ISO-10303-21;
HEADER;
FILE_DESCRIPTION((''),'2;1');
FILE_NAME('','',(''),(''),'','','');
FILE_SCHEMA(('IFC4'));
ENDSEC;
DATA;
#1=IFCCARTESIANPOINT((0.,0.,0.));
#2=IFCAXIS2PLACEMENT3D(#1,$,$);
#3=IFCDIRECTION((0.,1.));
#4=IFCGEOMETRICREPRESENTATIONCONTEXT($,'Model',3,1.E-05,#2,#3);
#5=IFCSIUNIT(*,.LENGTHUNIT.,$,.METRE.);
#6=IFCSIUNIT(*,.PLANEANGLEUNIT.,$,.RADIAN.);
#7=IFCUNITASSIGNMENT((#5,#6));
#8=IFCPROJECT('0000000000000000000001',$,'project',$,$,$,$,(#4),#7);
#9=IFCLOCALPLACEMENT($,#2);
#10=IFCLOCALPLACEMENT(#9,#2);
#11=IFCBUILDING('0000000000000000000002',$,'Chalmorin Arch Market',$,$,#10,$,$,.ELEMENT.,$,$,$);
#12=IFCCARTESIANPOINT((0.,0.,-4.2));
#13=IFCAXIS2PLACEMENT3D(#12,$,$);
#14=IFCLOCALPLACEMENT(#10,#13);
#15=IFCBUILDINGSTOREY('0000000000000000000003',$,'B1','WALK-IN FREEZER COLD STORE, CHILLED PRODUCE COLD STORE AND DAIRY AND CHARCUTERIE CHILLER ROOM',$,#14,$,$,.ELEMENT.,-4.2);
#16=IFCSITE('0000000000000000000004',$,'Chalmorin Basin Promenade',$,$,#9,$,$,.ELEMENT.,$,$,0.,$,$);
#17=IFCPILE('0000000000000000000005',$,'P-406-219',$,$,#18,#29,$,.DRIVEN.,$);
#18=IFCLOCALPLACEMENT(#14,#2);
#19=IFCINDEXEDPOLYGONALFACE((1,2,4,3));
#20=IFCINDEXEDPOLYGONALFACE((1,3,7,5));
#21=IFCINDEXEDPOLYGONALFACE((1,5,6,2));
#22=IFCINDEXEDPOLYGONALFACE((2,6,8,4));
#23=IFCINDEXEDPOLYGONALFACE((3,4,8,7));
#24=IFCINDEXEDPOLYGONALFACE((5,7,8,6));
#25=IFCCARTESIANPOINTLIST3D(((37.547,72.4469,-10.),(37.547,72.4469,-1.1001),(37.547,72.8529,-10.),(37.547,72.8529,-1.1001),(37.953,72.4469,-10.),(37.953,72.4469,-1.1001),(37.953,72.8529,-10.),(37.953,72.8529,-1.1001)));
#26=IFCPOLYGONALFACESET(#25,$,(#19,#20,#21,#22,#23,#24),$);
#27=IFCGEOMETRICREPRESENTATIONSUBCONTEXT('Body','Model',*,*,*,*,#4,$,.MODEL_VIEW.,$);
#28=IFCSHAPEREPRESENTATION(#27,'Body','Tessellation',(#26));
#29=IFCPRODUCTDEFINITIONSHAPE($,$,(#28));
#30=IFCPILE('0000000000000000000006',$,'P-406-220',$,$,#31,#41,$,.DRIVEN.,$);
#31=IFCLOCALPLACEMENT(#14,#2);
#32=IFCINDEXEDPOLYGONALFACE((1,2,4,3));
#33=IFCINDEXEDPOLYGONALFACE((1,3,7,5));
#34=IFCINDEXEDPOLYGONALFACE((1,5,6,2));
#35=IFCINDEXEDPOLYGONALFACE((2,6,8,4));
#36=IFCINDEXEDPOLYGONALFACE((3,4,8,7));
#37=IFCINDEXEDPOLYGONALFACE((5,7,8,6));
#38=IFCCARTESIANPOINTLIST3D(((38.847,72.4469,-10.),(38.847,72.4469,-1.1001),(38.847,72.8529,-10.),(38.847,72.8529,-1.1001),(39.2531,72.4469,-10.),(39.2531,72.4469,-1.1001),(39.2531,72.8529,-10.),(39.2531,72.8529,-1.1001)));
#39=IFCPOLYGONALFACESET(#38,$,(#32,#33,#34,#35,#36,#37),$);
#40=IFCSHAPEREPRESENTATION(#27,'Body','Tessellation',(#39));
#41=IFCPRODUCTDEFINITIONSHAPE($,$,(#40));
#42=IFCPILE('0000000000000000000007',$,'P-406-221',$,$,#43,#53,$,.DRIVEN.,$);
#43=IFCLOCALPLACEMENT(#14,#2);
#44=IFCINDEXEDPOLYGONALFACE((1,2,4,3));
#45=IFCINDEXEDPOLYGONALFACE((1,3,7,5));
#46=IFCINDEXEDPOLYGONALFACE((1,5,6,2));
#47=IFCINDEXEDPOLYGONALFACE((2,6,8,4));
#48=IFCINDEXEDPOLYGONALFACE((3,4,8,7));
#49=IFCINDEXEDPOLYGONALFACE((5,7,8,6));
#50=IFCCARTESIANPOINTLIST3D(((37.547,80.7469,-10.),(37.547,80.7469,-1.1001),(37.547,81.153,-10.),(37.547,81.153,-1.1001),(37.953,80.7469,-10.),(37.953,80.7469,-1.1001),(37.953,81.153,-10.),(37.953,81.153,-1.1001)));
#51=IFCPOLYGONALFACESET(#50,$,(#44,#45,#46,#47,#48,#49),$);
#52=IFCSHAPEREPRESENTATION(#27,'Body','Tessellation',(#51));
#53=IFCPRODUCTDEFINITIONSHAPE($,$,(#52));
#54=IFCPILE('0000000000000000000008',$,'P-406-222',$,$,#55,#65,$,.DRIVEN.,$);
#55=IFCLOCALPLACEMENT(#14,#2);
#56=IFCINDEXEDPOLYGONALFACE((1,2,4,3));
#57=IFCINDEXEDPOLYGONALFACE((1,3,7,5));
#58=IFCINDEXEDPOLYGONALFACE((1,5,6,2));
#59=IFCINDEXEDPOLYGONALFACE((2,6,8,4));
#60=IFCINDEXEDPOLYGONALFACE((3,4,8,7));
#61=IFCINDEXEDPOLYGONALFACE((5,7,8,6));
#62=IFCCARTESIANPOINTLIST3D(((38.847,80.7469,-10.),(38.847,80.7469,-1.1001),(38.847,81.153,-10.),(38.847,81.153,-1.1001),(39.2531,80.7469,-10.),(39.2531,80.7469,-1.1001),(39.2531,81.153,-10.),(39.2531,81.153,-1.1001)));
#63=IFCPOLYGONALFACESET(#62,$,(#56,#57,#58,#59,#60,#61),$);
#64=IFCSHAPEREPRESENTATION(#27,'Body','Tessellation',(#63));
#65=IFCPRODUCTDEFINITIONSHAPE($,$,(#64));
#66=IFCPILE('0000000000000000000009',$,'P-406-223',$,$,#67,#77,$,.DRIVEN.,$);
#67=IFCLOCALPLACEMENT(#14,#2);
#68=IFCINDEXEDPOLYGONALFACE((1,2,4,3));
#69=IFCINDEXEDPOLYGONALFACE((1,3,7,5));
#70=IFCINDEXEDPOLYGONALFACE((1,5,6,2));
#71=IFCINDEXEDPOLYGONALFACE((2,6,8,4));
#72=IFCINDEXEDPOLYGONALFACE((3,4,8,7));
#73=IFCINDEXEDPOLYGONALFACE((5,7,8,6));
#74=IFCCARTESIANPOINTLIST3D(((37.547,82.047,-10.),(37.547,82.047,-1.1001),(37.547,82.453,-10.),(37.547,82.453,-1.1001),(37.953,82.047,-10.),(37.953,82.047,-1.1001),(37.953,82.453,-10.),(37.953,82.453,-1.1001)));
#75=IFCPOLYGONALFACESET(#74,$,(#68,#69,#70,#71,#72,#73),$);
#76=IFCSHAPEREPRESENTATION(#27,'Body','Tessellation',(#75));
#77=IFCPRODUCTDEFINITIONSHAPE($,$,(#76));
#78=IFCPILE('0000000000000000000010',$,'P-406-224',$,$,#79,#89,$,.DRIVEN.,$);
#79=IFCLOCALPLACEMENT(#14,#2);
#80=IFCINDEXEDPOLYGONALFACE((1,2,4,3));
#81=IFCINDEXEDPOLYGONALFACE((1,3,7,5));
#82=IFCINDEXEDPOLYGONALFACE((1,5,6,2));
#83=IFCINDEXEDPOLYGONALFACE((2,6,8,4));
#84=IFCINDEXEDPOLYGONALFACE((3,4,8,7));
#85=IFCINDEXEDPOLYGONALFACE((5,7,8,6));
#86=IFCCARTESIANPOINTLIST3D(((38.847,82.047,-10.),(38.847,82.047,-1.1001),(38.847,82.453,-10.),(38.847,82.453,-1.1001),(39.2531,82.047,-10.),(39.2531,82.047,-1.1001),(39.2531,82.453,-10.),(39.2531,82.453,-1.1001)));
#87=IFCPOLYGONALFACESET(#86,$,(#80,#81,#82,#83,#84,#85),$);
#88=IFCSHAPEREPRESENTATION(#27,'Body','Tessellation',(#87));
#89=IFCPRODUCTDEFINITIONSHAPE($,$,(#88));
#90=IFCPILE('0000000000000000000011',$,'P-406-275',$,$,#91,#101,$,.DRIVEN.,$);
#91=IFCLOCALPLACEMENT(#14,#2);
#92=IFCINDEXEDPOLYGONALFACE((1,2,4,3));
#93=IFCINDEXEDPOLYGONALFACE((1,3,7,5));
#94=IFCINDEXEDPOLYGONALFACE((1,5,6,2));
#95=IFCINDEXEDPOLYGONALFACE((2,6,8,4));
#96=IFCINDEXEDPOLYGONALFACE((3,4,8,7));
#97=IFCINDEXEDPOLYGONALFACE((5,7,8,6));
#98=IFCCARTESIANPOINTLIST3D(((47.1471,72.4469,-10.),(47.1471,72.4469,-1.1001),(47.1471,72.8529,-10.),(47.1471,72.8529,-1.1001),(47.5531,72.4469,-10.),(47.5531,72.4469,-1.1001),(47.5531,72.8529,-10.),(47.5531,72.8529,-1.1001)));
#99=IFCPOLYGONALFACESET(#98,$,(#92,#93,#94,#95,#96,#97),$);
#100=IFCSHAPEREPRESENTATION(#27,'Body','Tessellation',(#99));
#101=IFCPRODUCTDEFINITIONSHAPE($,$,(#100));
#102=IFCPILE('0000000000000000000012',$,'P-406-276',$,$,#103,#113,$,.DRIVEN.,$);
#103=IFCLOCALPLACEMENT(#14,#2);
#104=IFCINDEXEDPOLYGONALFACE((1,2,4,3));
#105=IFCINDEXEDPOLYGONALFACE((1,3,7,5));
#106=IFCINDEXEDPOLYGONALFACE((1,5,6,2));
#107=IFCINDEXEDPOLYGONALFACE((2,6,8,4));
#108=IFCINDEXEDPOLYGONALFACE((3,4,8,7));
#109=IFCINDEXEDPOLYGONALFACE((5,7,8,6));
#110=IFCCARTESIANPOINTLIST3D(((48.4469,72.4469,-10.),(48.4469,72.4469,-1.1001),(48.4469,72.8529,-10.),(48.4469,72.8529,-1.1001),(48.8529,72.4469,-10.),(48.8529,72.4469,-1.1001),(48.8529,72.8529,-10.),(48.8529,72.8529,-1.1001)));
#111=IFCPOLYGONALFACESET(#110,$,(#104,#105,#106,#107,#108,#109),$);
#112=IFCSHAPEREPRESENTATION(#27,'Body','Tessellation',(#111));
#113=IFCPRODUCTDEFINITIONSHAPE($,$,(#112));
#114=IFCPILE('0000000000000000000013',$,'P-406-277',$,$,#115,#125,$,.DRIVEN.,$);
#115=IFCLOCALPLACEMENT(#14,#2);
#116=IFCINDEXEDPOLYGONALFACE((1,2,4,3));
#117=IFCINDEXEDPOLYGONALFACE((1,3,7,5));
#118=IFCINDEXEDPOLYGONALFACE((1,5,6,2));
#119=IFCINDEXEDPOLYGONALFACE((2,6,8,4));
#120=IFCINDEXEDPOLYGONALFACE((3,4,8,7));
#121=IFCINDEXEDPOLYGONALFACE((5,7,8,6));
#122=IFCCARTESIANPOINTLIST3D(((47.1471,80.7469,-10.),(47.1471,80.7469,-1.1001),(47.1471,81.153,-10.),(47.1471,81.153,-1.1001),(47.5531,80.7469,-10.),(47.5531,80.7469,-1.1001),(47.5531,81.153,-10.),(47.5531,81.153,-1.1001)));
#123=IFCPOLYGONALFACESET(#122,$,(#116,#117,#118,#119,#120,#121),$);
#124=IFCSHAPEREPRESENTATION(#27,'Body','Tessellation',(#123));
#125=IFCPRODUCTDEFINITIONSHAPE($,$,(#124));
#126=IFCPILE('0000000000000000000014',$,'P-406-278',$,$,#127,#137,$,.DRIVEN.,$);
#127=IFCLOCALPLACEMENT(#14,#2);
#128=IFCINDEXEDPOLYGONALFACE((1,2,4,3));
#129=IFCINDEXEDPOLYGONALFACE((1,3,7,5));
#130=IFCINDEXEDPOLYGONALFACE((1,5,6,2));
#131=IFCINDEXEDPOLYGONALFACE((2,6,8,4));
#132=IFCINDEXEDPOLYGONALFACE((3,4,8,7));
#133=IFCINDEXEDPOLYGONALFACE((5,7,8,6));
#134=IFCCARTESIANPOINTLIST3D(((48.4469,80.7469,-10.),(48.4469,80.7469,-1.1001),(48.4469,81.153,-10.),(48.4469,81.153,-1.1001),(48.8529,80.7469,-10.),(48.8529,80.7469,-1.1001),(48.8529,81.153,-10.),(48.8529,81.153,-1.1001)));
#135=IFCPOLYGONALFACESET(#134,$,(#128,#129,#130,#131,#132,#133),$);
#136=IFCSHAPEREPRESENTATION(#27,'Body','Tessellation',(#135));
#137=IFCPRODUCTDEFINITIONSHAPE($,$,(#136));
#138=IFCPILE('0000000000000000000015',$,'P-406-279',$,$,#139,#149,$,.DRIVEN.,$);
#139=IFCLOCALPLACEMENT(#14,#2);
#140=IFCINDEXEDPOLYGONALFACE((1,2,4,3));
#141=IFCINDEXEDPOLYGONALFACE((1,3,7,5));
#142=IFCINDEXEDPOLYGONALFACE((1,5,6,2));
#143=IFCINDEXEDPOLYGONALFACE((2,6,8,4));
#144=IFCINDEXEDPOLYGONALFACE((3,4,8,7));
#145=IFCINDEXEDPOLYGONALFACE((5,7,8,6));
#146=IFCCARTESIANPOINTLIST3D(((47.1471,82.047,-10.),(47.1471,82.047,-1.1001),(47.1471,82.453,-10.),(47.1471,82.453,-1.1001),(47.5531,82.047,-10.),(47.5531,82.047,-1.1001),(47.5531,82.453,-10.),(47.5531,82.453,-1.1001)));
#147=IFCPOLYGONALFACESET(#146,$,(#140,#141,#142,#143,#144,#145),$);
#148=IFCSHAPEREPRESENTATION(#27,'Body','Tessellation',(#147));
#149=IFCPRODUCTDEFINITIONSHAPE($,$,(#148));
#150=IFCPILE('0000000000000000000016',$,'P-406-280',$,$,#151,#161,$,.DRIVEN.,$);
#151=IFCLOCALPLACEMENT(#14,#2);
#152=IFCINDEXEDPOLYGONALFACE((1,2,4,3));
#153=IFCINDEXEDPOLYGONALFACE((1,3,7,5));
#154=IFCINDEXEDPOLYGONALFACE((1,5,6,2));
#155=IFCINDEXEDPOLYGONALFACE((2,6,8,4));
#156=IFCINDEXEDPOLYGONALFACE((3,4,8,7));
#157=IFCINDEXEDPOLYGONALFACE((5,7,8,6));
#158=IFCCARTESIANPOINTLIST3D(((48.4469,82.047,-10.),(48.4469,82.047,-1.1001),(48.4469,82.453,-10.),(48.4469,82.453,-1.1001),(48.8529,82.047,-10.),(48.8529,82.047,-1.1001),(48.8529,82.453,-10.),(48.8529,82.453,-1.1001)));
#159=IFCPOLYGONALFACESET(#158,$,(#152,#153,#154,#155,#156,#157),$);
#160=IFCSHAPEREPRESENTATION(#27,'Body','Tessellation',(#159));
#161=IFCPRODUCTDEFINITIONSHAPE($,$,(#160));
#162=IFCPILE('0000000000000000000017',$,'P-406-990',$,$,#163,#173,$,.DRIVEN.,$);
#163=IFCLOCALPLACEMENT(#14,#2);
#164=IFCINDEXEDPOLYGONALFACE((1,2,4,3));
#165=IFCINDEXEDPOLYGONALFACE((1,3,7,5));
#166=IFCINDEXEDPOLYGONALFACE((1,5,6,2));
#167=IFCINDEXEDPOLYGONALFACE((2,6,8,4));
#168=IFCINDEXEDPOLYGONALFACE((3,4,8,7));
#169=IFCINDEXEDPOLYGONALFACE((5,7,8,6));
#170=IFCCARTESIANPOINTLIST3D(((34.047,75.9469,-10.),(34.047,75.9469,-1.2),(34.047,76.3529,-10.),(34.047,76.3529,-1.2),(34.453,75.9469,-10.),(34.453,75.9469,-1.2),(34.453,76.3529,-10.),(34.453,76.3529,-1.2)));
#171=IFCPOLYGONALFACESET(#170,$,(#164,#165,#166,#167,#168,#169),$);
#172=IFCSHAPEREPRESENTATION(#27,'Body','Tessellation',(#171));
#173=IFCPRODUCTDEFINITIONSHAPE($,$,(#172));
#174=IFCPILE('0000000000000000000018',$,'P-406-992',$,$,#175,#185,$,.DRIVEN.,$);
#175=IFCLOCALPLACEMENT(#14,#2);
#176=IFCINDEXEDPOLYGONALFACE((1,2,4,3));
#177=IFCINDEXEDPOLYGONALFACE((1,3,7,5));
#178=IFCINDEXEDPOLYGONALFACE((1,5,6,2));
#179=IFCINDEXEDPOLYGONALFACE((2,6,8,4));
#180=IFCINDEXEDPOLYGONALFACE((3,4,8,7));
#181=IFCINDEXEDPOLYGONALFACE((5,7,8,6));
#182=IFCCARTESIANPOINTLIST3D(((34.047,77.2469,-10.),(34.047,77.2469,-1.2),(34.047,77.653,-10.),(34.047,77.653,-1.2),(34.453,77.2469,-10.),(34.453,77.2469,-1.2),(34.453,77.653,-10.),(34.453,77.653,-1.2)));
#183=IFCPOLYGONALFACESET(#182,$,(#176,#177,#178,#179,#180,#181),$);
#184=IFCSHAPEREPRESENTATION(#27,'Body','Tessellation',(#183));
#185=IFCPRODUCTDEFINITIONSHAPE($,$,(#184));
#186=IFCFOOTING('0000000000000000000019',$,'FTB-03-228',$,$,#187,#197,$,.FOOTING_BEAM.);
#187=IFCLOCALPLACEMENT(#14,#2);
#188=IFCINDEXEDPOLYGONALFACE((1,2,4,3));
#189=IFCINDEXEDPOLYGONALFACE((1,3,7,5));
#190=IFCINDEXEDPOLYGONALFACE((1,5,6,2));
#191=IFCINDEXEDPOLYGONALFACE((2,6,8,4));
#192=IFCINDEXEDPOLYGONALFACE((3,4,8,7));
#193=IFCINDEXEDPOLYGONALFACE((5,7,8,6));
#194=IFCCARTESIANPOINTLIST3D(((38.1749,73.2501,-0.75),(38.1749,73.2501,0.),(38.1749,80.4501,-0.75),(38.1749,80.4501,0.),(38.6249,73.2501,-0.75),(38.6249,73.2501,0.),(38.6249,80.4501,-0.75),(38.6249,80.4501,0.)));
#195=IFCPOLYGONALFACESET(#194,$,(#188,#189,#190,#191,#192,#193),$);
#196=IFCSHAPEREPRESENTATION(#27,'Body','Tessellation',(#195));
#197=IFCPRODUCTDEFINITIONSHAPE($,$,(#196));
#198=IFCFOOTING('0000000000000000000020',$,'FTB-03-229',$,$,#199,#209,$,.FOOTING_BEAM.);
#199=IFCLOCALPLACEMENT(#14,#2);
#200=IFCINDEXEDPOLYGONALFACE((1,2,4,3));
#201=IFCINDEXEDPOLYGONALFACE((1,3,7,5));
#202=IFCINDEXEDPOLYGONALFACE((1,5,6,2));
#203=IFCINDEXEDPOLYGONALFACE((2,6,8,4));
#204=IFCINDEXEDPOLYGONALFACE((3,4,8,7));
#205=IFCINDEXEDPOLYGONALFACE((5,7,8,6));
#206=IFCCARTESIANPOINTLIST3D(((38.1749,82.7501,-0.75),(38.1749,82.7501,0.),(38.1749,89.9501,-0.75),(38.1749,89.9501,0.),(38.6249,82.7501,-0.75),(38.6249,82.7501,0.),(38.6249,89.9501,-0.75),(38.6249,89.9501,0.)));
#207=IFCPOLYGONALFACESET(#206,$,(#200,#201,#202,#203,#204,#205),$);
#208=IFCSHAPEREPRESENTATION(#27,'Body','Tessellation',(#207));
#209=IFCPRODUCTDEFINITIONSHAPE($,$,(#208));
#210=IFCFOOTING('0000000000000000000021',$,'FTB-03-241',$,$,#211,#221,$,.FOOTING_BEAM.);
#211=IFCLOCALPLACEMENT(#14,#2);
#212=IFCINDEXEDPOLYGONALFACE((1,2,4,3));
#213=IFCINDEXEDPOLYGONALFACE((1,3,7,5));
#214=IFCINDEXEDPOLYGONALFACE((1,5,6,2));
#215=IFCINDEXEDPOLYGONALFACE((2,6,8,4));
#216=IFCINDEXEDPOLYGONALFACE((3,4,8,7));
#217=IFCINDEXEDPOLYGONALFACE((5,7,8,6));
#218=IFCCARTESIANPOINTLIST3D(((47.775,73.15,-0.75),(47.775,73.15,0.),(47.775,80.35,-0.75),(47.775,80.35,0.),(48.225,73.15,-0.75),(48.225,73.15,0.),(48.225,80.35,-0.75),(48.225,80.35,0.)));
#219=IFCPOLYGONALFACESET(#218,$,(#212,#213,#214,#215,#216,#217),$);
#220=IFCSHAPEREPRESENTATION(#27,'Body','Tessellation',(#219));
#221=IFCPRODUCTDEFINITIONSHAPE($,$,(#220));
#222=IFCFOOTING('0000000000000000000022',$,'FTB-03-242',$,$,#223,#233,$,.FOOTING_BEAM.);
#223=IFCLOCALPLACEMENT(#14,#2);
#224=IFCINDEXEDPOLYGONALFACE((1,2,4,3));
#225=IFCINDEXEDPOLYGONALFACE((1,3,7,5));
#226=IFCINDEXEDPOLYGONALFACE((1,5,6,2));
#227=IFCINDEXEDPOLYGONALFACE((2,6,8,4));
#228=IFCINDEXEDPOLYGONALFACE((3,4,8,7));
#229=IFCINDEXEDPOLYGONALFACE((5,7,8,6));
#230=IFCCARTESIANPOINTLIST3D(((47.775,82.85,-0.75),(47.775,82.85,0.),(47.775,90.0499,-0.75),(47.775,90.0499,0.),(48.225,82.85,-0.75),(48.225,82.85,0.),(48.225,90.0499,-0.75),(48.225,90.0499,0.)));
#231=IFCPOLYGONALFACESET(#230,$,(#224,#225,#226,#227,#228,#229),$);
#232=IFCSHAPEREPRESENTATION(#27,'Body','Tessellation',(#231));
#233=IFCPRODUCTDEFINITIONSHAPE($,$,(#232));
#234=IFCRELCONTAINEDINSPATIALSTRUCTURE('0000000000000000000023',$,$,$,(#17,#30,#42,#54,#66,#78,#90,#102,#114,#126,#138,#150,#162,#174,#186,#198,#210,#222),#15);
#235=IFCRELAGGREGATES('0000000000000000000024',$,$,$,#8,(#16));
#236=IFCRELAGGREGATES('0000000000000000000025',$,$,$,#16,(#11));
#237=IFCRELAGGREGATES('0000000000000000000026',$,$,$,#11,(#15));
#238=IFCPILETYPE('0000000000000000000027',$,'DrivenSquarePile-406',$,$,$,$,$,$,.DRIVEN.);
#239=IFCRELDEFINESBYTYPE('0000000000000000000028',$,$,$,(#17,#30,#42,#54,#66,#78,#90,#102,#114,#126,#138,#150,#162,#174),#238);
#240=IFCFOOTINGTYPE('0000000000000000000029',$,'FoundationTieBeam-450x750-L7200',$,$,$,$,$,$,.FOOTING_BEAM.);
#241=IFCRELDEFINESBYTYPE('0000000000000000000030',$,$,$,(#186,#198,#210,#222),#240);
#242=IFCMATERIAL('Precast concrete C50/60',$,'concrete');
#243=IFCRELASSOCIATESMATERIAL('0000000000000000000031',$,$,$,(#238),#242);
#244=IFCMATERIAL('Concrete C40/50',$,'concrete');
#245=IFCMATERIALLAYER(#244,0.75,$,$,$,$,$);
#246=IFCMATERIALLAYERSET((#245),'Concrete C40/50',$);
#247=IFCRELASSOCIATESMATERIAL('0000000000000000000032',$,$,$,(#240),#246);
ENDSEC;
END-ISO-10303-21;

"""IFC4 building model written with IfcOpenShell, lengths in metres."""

from ifc_helpers import new_model, si_unit, direction, frame, origin, origin_2d, place, context, subcontext, project, spatial, rectangle, extrude, material, layer, layer_set, material_profile, profile_set, type_object, element, save


model = new_model("IFC4")

# Units and contexts
model_context = context("Model", 3, precision=1e-05, world=origin(), true_north=direction((0.0, 1.0)))
body_context = subcontext(model_context, "Body", "Model", "MODEL_VIEW")
ifc_project = project(units=[si_unit("LENGTHUNIT", "METRE"), si_unit("PLANEANGLEUNIT", "RADIAN")], contexts=[model_context])

# Site, building, storey
site_placement = place(None, origin())
site = spatial("IfcSite", under=ifc_project, at=site_placement, Name="Chalmorin Basin Promenade", CompositionType="ELEMENT", RefElevation=0.0)
building_placement = place(site_placement, origin())
building = spatial("IfcBuilding", under=site, at=building_placement, Name="Chalmorin Arch Market", CompositionType="ELEMENT")
storey_placement = place(building_placement, frame((0.0, 0.0, -4.2)))
storey = spatial("IfcBuildingStorey", under=building, at=storey_placement, Name="B1", Description="WALK-IN FREEZER COLD STORE, CHILLED PRODUCE COLD STORE AND DAIRY AND CHARCUTERIE CHILLER ROOM", CompositionType="ELEMENT", Elevation=-4.2)

# Piles
ifc_material_1 = material(Name="Precast concrete C50/60", Category="concrete")
ifc_material_profile_1 = material_profile(ifc_material_1, rectangle(XDim=0.406, YDim=0.406, at=origin_2d()), Name="PPC406")
ifc_profile_set_1 = profile_set([ifc_material_profile_1], Name="Precast concrete C50/60")
pile_type = type_object("IfcPileType", Name="DrivenSquarePile-406", PredefinedType="DRIVEN", material=ifc_profile_set_1)
for number, where, z_axis, x_axis, name in (
    (1, (37.75, 72.6499, -1.1001), (0.0, 0.0, -1.0), (1.0, 0.0, 0.0), "P-406-219"),
    (2, (39.05, 72.6499, -1.1001), (0.0, 0.0, -1.0), (1.0, 0.0, 0.0), "P-406-220"),
    (3, (37.75, 80.95, -1.1001), (0.0, 0.0, -1.0), (1.0, 0.0, 0.0), "P-406-221"),
    (4, (39.05, 80.95, -1.1001), (0.0, 0.0, -1.0), (1.0, 0.0, 0.0), "P-406-222"),
    (5, (37.75, 82.25, -1.1001), (0.0, 0.0, -1.0), (1.0, 0.0, 0.0), "P-406-223"),
    (6, (39.05, 82.25, -1.1001), (0.0, 0.0, -1.0), (1.0, 0.0, 0.0), "P-406-224"),
    (7, (47.3501, 72.6499, -1.1001), (0.0, 0.0, -1.0), (1.0, 0.0, 0.0), "P-406-275"),
    (8, (48.6499, 72.6499, -1.1001), (0.0, 0.0, -1.0), (1.0, 0.0, 0.0), "P-406-276"),
    (9, (47.3501, 80.95, -1.1001), (0.0, 0.0, -1.0), (1.0, 0.0, 0.0), "P-406-277"),
    (10, (48.6499, 80.95, -1.1001), (0.0, 0.0, -1.0), (1.0, 0.0, 0.0), "P-406-278"),
    (11, (47.3501, 82.25, -1.1001), (0.0, 0.0, -1.0), (1.0, 0.0, 0.0), "P-406-279"),
    (12, (48.6499, 82.25, -1.1001), (0.0, 0.0, -1.0), (1.0, 0.0, 0.0), "P-406-280"),
):
    element("IfcPile", number, at=place(storey_placement, frame(where, z_axis=z_axis, x_axis=x_axis)), inside=storey, type_object=pile_type, Name=name, PredefinedType="DRIVEN", context=body_context, shape_type="SweptSolid", body=[
        extrude(rectangle(XDim=0.406, YDim=0.406, at=origin_2d()), origin(), (0.0, 0.0, 1.0), 8.8999),
    ])
for number, where, z_axis, x_axis, name in (
    (13, (34.25, 76.1499, -1.2), (0.0, 0.0, -1.0), (1.0, 0.0, 0.0), "P-406-990"),
    (14, (34.25, 77.45, -1.2), (0.0, 0.0, -1.0), (1.0, 0.0, 0.0), "P-406-992"),
):
    element("IfcPile", number, at=place(storey_placement, frame(where, z_axis=z_axis, x_axis=x_axis)), inside=storey, type_object=pile_type, Name=name, PredefinedType="DRIVEN", context=body_context, shape_type="SweptSolid", body=[
        extrude(rectangle(XDim=0.406, YDim=0.406, at=origin_2d()), origin(), (0.0, 0.0, 1.0), 8.8),
    ])

# Footings
ifc_material_2 = material(Name="Concrete C40/50", Category="concrete")
ifc_layer_1 = layer(ifc_material_2, 0.75)
ifc_layer_set_1 = layer_set([ifc_layer_1], Name="Concrete C40/50")
footing_type_1 = type_object("IfcFootingType", Name="FoundationTieBeam-450x750-L7200", PredefinedType="FOOTING_BEAM", material=ifc_layer_set_1)
for number, where, z_axis, x_axis, name in (
    (15, (38.3999, 76.8501, -0.75), (0.0, 0.0, 1.0), (0.0, 1.0, 0.0), "FTB-03-228"),
    (16, (38.3999, 86.3501, -0.75), (0.0, 0.0, 1.0), (0.0, 1.0, 0.0), "FTB-03-229"),
    (17, (48.0, 76.75, -0.75), (0.0, 0.0, 1.0), (0.0, 1.0, 0.0), "FTB-03-241"),
    (18, (48.0, 86.45, -0.75), (0.0, 0.0, 1.0), (0.0, 1.0, 0.0), "FTB-03-242"),
):
    element("IfcFooting", number, at=place(storey_placement, frame(where, z_axis=z_axis, x_axis=x_axis)), inside=storey, type_object=footing_type_1, Name=name, PredefinedType="FOOTING_BEAM", context=body_context, shape_type="SweptSolid", body=[
        extrude(rectangle(XDim=7.2, YDim=0.45, at=origin_2d()), origin(), (0.0, 0.0, 1.0), 0.75),
    ])

save(model, "model.ifc")
